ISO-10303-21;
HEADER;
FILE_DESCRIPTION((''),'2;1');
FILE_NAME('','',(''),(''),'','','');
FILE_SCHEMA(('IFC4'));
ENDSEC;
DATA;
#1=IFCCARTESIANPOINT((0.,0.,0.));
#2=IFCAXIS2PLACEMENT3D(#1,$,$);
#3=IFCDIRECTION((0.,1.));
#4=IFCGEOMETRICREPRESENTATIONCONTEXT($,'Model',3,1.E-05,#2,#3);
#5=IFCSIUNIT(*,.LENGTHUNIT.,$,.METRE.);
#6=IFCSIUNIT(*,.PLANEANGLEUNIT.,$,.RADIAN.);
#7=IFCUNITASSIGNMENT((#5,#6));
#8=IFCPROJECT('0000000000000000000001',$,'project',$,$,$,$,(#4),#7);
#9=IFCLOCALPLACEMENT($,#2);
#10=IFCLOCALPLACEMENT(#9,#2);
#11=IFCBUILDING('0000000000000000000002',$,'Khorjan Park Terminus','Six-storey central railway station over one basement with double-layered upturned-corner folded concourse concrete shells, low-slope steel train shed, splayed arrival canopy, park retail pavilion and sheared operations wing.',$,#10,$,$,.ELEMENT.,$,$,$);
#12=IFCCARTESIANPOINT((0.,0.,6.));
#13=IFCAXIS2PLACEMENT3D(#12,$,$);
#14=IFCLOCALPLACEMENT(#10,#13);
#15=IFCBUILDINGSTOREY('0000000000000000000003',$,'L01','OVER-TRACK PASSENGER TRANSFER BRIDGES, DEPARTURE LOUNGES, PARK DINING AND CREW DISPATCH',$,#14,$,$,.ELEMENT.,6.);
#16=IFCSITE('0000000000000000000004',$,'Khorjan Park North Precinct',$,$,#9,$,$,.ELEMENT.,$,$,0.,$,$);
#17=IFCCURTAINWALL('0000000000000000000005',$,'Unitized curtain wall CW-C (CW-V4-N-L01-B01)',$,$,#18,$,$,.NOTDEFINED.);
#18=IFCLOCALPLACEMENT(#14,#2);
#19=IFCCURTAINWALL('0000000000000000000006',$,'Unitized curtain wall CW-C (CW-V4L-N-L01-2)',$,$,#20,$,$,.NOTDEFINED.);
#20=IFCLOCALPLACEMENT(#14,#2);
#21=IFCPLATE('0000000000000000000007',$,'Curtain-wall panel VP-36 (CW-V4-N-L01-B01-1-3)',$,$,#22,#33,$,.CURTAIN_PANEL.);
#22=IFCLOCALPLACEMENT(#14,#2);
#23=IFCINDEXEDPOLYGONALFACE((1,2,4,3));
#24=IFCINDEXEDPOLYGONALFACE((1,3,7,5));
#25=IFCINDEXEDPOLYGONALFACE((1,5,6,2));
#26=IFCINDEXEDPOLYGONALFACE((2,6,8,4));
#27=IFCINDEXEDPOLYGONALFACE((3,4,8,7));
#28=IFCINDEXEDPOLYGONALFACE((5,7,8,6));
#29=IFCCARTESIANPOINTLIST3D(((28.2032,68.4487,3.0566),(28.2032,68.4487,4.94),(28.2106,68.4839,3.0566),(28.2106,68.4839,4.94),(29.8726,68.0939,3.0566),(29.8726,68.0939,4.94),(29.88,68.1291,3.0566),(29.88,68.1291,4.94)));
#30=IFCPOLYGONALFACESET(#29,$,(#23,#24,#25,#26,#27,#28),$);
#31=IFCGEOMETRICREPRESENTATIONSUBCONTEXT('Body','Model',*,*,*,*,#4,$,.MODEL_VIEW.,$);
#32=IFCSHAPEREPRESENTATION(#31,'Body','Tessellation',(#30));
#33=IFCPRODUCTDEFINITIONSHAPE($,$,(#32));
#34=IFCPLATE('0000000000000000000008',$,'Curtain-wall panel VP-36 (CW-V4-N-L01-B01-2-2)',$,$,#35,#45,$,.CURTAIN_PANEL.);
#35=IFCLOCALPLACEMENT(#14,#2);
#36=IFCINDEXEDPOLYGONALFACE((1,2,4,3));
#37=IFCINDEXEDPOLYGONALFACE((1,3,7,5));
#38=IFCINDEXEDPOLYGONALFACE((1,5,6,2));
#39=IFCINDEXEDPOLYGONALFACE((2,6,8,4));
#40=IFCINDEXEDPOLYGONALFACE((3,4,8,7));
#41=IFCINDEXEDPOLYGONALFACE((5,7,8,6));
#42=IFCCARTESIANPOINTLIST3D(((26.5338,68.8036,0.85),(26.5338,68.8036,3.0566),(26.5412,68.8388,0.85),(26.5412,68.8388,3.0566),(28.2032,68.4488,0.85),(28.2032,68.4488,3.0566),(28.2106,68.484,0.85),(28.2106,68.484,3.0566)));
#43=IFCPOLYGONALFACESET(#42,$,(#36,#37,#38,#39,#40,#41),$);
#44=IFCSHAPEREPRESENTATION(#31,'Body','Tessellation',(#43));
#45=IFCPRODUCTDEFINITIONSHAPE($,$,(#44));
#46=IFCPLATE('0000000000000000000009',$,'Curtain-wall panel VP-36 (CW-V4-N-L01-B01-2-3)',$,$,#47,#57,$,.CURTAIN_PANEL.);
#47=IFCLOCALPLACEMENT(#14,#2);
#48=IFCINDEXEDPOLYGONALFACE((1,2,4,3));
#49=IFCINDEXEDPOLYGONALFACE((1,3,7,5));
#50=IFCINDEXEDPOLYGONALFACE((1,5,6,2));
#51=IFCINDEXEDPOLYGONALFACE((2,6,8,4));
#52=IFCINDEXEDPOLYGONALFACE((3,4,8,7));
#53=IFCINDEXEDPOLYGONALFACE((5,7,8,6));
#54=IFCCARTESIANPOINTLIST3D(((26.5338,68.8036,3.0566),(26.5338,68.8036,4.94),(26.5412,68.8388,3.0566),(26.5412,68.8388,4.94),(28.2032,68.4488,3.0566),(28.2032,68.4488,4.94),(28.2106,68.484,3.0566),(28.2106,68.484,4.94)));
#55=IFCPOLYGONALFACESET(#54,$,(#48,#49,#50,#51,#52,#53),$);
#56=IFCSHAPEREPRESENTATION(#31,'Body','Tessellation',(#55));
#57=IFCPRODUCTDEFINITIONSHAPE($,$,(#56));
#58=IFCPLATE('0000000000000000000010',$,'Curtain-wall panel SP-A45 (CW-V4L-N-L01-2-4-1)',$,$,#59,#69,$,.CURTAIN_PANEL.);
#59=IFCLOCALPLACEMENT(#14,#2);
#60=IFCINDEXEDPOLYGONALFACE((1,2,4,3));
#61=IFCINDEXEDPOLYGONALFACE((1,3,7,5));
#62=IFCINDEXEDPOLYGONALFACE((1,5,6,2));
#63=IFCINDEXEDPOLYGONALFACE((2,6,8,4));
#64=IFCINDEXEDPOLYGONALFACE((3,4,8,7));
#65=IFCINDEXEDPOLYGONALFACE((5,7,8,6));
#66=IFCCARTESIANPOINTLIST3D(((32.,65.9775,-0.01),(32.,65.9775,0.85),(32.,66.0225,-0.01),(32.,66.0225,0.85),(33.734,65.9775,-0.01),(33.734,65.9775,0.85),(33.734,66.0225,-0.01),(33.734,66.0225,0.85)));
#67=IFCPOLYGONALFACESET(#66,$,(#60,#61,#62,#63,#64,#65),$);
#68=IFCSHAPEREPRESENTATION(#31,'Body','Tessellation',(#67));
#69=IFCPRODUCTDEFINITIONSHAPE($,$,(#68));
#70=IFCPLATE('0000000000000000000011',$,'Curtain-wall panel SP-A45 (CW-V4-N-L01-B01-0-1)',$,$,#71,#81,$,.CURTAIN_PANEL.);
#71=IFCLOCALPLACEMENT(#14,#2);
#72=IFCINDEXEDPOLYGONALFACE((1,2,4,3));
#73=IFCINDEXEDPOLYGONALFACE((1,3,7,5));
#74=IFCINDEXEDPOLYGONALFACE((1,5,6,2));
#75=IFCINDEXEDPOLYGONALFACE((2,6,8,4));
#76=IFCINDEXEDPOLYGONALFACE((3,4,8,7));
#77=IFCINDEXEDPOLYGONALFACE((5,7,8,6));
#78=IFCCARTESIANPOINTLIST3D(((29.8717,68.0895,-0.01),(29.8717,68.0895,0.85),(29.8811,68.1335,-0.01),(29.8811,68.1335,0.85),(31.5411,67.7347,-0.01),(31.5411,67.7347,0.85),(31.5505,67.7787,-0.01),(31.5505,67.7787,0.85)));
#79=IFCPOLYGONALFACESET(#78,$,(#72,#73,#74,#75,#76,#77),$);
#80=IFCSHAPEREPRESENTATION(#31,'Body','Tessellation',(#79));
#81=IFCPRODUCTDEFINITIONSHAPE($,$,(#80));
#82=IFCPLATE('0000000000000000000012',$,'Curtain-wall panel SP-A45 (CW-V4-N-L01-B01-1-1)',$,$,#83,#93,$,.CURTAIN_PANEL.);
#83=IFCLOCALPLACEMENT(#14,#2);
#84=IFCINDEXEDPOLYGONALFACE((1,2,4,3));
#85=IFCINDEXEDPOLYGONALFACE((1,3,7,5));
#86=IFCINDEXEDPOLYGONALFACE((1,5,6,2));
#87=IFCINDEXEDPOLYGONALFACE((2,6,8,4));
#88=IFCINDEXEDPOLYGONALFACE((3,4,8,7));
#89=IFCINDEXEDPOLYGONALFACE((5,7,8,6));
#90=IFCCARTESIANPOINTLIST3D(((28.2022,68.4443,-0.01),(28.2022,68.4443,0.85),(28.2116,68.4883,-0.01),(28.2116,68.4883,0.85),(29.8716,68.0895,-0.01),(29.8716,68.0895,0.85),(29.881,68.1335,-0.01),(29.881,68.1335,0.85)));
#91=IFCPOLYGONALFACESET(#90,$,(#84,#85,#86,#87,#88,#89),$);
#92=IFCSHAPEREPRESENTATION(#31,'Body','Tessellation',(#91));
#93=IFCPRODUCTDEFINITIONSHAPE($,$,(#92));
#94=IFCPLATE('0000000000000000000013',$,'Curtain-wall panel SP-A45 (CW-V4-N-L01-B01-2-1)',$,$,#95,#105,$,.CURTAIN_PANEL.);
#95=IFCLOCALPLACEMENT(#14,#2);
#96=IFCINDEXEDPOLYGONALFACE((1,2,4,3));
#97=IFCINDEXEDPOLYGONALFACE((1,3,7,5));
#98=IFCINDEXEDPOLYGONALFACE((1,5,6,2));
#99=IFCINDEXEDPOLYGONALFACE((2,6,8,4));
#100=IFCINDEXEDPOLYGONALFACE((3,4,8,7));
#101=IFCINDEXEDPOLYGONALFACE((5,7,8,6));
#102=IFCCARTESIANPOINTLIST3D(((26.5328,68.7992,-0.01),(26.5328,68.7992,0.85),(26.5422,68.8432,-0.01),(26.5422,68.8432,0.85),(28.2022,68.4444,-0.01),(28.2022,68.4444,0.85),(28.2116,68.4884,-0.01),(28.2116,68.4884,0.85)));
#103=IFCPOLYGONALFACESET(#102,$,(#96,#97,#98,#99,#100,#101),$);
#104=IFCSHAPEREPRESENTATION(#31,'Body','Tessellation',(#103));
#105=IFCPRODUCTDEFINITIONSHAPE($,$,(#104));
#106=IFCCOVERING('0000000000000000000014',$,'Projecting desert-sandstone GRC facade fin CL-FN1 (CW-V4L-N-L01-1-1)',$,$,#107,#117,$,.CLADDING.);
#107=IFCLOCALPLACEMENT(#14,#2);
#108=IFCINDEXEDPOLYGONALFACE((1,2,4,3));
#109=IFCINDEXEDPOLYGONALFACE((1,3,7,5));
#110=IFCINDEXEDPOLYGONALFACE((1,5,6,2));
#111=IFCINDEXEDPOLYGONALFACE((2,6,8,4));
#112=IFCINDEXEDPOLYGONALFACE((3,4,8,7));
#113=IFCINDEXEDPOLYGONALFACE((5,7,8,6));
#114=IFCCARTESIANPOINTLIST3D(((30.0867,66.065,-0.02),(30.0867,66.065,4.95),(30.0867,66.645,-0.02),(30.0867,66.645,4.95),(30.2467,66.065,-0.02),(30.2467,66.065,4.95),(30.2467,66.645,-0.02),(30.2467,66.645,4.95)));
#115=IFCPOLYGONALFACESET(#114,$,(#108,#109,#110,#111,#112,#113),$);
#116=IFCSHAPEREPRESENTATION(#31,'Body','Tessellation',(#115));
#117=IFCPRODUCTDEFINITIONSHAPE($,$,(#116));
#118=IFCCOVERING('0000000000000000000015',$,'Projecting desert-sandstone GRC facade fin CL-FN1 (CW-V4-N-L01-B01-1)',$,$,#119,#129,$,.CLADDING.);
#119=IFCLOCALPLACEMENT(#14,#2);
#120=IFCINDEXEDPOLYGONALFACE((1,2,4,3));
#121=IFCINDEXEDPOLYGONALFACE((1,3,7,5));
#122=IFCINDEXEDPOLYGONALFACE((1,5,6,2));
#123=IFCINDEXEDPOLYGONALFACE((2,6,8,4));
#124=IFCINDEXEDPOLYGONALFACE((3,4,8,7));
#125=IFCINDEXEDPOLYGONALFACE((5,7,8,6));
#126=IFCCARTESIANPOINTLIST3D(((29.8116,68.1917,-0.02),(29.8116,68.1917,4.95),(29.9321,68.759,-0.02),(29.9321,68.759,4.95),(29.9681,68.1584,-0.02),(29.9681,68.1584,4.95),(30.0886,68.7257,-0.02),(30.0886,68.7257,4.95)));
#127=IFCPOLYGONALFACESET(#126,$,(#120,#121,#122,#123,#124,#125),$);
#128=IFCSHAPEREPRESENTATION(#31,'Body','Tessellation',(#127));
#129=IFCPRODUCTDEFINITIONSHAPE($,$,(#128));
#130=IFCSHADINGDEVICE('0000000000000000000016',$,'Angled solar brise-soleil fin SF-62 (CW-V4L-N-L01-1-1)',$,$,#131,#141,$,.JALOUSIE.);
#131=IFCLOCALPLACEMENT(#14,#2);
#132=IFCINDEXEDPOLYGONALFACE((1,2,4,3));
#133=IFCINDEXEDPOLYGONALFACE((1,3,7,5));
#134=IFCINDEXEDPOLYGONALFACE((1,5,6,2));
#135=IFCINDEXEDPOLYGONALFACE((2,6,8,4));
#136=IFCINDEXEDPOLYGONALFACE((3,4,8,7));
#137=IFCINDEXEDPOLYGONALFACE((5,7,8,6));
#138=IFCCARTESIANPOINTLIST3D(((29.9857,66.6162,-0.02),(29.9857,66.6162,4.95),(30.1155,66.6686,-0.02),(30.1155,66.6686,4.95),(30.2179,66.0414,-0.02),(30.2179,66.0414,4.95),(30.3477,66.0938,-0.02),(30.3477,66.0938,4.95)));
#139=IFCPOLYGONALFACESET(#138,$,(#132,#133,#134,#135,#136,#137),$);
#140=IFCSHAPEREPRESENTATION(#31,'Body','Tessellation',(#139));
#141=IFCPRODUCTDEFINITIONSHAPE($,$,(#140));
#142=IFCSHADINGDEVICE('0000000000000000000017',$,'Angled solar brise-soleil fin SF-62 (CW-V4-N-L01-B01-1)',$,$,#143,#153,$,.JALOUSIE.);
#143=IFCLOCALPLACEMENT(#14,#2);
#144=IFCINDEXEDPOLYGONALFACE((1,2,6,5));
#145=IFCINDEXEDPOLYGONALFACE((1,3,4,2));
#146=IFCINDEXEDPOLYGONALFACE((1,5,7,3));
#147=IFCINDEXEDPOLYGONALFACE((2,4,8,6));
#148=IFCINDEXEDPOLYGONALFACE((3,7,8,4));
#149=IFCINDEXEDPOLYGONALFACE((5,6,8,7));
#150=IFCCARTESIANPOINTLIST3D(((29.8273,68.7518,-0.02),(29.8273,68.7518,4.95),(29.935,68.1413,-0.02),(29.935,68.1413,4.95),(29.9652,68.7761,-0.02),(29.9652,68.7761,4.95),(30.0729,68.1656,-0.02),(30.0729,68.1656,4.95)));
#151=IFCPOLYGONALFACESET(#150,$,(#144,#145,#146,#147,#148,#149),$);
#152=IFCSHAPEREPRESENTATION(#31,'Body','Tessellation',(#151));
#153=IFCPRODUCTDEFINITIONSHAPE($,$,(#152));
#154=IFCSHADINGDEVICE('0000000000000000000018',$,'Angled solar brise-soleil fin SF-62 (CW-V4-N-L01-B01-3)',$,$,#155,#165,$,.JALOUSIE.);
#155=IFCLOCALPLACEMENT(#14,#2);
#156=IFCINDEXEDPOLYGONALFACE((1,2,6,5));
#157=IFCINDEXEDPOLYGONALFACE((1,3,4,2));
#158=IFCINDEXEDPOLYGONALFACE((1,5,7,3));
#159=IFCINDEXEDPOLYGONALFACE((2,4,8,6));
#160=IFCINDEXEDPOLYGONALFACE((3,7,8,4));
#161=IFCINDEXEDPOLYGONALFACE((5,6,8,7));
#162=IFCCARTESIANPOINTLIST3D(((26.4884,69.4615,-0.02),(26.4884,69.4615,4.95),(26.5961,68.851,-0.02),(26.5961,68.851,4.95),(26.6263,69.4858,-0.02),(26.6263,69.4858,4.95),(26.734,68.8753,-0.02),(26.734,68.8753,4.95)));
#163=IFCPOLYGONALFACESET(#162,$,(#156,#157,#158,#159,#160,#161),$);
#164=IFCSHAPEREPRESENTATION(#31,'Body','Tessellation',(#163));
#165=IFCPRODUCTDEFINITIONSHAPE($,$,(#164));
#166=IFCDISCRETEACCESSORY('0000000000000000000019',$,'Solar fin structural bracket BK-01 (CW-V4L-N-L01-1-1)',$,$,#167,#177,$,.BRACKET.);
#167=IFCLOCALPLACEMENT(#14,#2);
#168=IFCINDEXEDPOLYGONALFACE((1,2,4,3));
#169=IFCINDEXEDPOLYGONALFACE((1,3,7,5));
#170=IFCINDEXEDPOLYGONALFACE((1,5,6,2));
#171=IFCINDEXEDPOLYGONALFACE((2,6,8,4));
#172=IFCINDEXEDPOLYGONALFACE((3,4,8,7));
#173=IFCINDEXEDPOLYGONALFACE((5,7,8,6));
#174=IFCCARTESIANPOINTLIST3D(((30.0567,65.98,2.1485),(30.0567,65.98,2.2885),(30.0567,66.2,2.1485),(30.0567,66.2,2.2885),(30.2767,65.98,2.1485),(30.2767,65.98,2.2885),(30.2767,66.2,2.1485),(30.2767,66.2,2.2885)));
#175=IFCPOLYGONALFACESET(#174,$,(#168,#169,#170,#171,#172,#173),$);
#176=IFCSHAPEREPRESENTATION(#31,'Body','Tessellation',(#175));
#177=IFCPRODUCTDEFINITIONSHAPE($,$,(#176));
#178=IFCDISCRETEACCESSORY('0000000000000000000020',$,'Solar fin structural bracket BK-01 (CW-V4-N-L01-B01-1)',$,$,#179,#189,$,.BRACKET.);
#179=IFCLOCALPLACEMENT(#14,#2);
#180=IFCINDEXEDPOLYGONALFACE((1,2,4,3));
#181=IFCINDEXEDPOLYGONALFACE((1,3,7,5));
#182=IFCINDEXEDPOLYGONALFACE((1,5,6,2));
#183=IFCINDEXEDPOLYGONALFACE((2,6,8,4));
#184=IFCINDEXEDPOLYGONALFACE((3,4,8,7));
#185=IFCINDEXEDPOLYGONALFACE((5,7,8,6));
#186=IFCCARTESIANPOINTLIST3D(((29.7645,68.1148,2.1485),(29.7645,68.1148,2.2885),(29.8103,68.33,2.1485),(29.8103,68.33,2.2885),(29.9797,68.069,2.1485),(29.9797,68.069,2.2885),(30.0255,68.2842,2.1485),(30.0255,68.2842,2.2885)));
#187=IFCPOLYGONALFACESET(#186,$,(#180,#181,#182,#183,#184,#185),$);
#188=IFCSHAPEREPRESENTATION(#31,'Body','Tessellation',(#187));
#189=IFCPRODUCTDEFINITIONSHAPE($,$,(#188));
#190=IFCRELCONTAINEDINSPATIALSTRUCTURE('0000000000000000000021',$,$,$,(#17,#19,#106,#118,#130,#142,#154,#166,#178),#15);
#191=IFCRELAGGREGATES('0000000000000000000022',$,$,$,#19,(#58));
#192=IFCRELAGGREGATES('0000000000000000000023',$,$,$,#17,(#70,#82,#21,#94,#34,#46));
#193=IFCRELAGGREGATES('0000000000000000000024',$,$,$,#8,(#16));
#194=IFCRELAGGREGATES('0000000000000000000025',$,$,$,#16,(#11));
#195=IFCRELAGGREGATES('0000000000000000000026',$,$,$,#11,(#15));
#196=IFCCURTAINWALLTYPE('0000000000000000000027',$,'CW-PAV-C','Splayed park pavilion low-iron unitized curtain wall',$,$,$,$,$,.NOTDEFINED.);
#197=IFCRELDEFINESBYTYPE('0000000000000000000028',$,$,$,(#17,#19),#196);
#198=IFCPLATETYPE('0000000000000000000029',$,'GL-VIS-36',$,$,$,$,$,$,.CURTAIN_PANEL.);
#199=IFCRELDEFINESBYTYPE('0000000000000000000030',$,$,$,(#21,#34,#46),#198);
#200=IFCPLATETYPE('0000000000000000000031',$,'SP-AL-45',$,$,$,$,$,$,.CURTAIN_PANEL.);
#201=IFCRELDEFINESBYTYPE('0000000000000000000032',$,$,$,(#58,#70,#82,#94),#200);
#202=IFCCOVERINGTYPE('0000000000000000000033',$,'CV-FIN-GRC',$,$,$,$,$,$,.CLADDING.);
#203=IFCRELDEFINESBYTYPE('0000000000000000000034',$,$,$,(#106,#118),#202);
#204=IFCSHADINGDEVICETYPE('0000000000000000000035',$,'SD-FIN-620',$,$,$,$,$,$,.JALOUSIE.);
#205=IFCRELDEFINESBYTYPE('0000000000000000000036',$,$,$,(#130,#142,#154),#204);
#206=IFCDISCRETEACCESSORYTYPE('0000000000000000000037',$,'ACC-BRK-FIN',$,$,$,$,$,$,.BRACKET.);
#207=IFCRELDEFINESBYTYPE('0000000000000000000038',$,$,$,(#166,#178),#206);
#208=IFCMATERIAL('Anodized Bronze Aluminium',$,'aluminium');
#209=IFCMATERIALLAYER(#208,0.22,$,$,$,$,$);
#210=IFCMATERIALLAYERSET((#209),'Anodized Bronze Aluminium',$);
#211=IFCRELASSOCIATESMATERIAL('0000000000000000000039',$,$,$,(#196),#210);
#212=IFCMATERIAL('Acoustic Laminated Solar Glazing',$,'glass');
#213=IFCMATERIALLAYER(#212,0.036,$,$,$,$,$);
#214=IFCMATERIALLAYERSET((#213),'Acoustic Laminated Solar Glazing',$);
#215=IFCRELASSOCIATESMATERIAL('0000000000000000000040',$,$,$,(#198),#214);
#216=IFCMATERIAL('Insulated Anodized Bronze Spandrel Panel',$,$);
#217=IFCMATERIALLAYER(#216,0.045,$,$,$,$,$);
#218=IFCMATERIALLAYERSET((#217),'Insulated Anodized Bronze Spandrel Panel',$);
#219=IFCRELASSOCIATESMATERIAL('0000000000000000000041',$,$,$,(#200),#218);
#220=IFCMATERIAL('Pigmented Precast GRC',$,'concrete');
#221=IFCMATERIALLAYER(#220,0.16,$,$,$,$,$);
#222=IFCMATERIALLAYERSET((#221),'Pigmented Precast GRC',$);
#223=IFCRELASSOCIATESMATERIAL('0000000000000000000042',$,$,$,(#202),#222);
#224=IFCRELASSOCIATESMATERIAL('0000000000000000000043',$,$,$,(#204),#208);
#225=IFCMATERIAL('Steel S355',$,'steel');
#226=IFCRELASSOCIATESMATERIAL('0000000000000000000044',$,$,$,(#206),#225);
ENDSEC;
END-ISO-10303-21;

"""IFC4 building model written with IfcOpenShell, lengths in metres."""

from ifc_helpers import new_model, si_unit, direction, frame, origin, origin_2d, place, context, subcontext, project, spatial, rectangle, extrude, material, layer, layer_set, type_object, element, aggregate, save


model = new_model("IFC4")

# Units and contexts
model_context = context("Model", 3, precision=1e-05, world=origin(), true_north=direction((0.0, 1.0)))
body_context = subcontext(model_context, "Body", "Model", "MODEL_VIEW")
ifc_project = project(units=[si_unit("LENGTHUNIT", "METRE"), si_unit("PLANEANGLEUNIT", "RADIAN")], contexts=[model_context])

# Site, building, storey
site_placement = place(None, origin())
site = spatial("IfcSite", under=ifc_project, at=site_placement, Name="Khorjan Park North Precinct", CompositionType="ELEMENT", RefElevation=0.0)
building_placement = place(site_placement, origin())
building = spatial("IfcBuilding", under=site, at=building_placement, Name="Khorjan Park Terminus", Description="Six-storey central railway station over one basement with double-layered upturned-corner folded concourse concrete shells, low-slope steel train shed, splayed arrival canopy, park retail pavilion and sheared operations wing.", CompositionType="ELEMENT")
storey_placement = place(building_placement, frame((0.0, 0.0, 6.0)))
storey = spatial("IfcBuildingStorey", under=building, at=storey_placement, Name="L01", Description="OVER-TRACK PASSENGER TRANSFER BRIDGES, DEPARTURE LOUNGES, PARK DINING AND CREW DISPATCH", CompositionType="ELEMENT", Elevation=6.0)

# Shared definitions
ifc_material_1 = material(Name="Steel S355", Category="steel")

# Curtain wall
ifc_material_2 = material(Name="Anodized Bronze Aluminium", Category="aluminium")
ifc_layer_1 = layer(ifc_material_2, 0.22)
ifc_layer_set_1 = layer_set([ifc_layer_1], Name="Anodized Bronze Aluminium")
curtain_wall_type = type_object("IfcCurtainWallType", Name="CW-PAV-C", Description="Splayed park pavilion low-iron unitized curtain wall", PredefinedType="NOTDEFINED", material=ifc_layer_set_1)
curtain_wall_1_placement = place(storey_placement, origin())
curtain_wall_1 = element("IfcCurtainWall", 1, at=curtain_wall_1_placement, inside=storey, type_object=curtain_wall_type, Name="Unitized curtain wall CW-C (CW-V4-N-L01-B01)", PredefinedType="NOTDEFINED")

# Curtain wall
curtain_wall_2_placement = place(storey_placement, origin())
curtain_wall_2 = element("IfcCurtainWall", 2, at=curtain_wall_2_placement, inside=storey, type_object=curtain_wall_type, Name="Unitized curtain wall CW-C (CW-V4L-N-L01-2)", PredefinedType="NOTDEFINED")
ifc_material_3 = material(Name="Acoustic Laminated Solar Glazing", Category="glass")
ifc_layer_2 = layer(ifc_material_3, 0.036)
ifc_layer_set_2 = layer_set([ifc_layer_2], Name="Acoustic Laminated Solar Glazing")
plate_type_1 = type_object("IfcPlateType", Name="GL-VIS-36", PredefinedType="CURTAIN_PANEL", material=ifc_layer_set_2)

# Plates
plate_1_placement = place(storey_placement, frame((29.0416, 68.2889, 3.0566), z_axis=(0.0, 0.0, 1.0), x_axis=(-0.97815, 0.207901, 0.0)))
plate_1 = element("IfcPlate", 3, at=plate_1_placement, type_object=plate_type_1, Name="Curtain-wall panel VP-36 (CW-V4-N-L01-B01-1-3)", PredefinedType="CURTAIN_PANEL", context=body_context, shape_type="SweptSolid", body=[
    extrude(rectangle(XDim=1.7067, YDim=0.036, at=origin_2d()), origin(), (0.0, 0.0, 1.0), 1.8834),
])
plate_2_placement = place(storey_placement, frame((27.3722, 68.6438, 0.85), z_axis=(0.0, 0.0, 1.0), x_axis=(-0.97815, 0.207901, 0.0)))
plate_2 = element("IfcPlate", 4, at=plate_2_placement, type_object=plate_type_1, Name="Curtain-wall panel VP-36 (CW-V4-N-L01-B01-2-2)", PredefinedType="CURTAIN_PANEL", context=body_context, shape_type="SweptSolid", body=[
    extrude(rectangle(XDim=1.7067, YDim=0.036, at=origin_2d()), origin(), (0.0, 0.0, 1.0), 2.2066),
])
plate_3_placement = place(storey_placement, frame((27.3722, 68.6438, 3.0566), z_axis=(0.0, 0.0, 1.0), x_axis=(-0.97815, 0.207901, 0.0)))
plate_3 = element("IfcPlate", 5, at=plate_3_placement, type_object=plate_type_1, Name="Curtain-wall panel VP-36 (CW-V4-N-L01-B01-2-3)", PredefinedType="CURTAIN_PANEL", context=body_context, shape_type="SweptSolid", body=[
    extrude(rectangle(XDim=1.7067, YDim=0.036, at=origin_2d()), origin(), (0.0, 0.0, 1.0), 1.8834),
])
ifc_material_4 = material(Name="Insulated Anodized Bronze Spandrel Panel")
ifc_layer_3 = layer(ifc_material_4, 0.045)
ifc_layer_set_3 = layer_set([ifc_layer_3], Name="Insulated Anodized Bronze Spandrel Panel")
plate_type_2 = type_object("IfcPlateType", Name="SP-AL-45", PredefinedType="CURTAIN_PANEL", material=ifc_layer_set_3)
plate_4_placement = place(storey_placement, frame((32.867, 66.0, -0.01), z_axis=(0.0, 0.0, 1.0), x_axis=(-1.0, 0.0, 0.0)))
plate_4 = element("IfcPlate", 6, at=plate_4_placement, type_object=plate_type_2, Name="Curtain-wall panel SP-A45 (CW-V4L-N-L01-2-4-1)", PredefinedType="CURTAIN_PANEL", context=body_context, shape_type="SweptSolid", body=[
    extrude(rectangle(XDim=1.734, YDim=0.045, at=origin_2d()), origin(), (0.0, 0.0, 1.0), 0.86),
])
aggregate(curtain_wall_2, [plate_4])
plate_5_placement = place(storey_placement, frame((30.7111, 67.9341, -0.01), z_axis=(0.0, 0.0, 1.0), x_axis=(-0.97815, 0.207901, 0.0)))
plate_5 = element("IfcPlate", 7, at=plate_5_placement, type_object=plate_type_2, Name="Curtain-wall panel SP-A45 (CW-V4-N-L01-B01-0-1)", PredefinedType="CURTAIN_PANEL", context=body_context, shape_type="SweptSolid", body=[
    extrude(rectangle(XDim=1.7067, YDim=0.045, at=origin_2d()), origin(), (0.0, 0.0, 1.0), 0.86),
])
plate_6_placement = place(storey_placement, frame((29.0416, 68.2889, -0.01), z_axis=(0.0, 0.0, 1.0), x_axis=(-0.97815, 0.207901, 0.0)))
plate_6 = element("IfcPlate", 8, at=plate_6_placement, type_object=plate_type_2, Name="Curtain-wall panel SP-A45 (CW-V4-N-L01-B01-1-1)", PredefinedType="CURTAIN_PANEL", context=body_context, shape_type="SweptSolid", body=[
    extrude(rectangle(XDim=1.7067, YDim=0.045, at=origin_2d()), origin(), (0.0, 0.0, 1.0), 0.86),
])
plate_7_placement = place(storey_placement, frame((27.3722, 68.6438, -0.01), z_axis=(0.0, 0.0, 1.0), x_axis=(-0.97815, 0.207901, 0.0)))
plate_7 = element("IfcPlate", 9, at=plate_7_placement, type_object=plate_type_2, Name="Curtain-wall panel SP-A45 (CW-V4-N-L01-B01-2-1)", PredefinedType="CURTAIN_PANEL", context=body_context, shape_type="SweptSolid", body=[
    extrude(rectangle(XDim=1.7067, YDim=0.045, at=origin_2d()), origin(), (0.0, 0.0, 1.0), 0.86),
])
aggregate(curtain_wall_1, [plate_5, plate_6, plate_1, plate_7, plate_2, plate_3])

# Coverings
ifc_material_5 = material(Name="Pigmented Precast GRC", Category="concrete")
ifc_layer_4 = layer(ifc_material_5, 0.16)
ifc_layer_set_4 = layer_set([ifc_layer_4], Name="Pigmented Precast GRC")
covering_type = type_object("IfcCoveringType", Name="CV-FIN-GRC", PredefinedType="CLADDING", material=ifc_layer_set_4)
for number, where, z_axis, x_axis, name in (
    (10, (30.1667, 66.355, -0.02), (0.0, 0.0, 1.0), (0.0, -1.0, 0.0), "Projecting desert-sandstone GRC facade fin CL-FN1 (CW-V4L-N-L01-1-1)"),
    (11, (29.9501, 68.4587, -0.02), (0.0, 0.0, 1.0), (-0.207912, -0.978148, 0.0), "Projecting desert-sandstone GRC facade fin CL-FN1 (CW-V4-N-L01-B01-1)"),
):
    element("IfcCovering", number, at=place(storey_placement, frame(where, z_axis=z_axis, x_axis=x_axis)), inside=storey, type_object=covering_type, Name=name, PredefinedType="CLADDING", context=body_context, shape_type="SweptSolid", body=[
        extrude(rectangle(XDim=0.58, YDim=0.16, at=origin_2d()), origin(), (0.0, 0.0, 1.0), 4.97),
    ])

# Shading devices
shading_device_type = type_object("IfcShadingDeviceType", Name="SD-FIN-620", PredefinedType="JALOUSIE", material=ifc_material_2)
for number, where, z_axis, x_axis, name in (
    (12, (30.1667, 66.355, -0.02), (0.0, 0.0, 1.0), (0.374607, -0.927184, 0.0), "Angled solar brise-soleil fin SF-62 (CW-V4L-N-L01-1-1)"),
    (13, (29.9501, 68.4587, -0.02), (0.0, 0.0, 1.0), (0.173648, -0.984808, 0.0), "Angled solar brise-soleil fin SF-62 (CW-V4-N-L01-B01-1)"),
    (14, (26.6112, 69.1684, -0.02), (0.0, 0.0, 1.0), (0.173648, -0.984808, 0.0), "Angled solar brise-soleil fin SF-62 (CW-V4-N-L01-B01-3)"),
):
    element("IfcShadingDevice", number, at=place(storey_placement, frame(where, z_axis=z_axis, x_axis=x_axis)), inside=storey, type_object=shading_device_type, Name=name, PredefinedType="JALOUSIE", context=body_context, shape_type="SweptSolid", body=[
        extrude(rectangle(XDim=0.62, YDim=0.14, at=origin_2d()), origin(), (0.0, 0.0, 1.0), 4.97),
    ])

# Discrete accessories
discrete_accessory_type = type_object("IfcDiscreteAccessoryType", Name="ACC-BRK-FIN", PredefinedType="BRACKET", material=ifc_material_1)
for number, where, z_axis, x_axis, name in (
    (15, (30.1667, 66.09, 2.1485), (0.0, 0.0, 1.0), (-1.0, 0.0, 0.0), "Solar fin structural bracket BK-01 (CW-V4L-N-L01-1-1)"),
    (16, (29.895, 68.1995, 2.1485), (0.0, 0.0, 1.0), (-0.97815, 0.207901, 0.0), "Solar fin structural bracket BK-01 (CW-V4-N-L01-B01-1)"),
):
    element("IfcDiscreteAccessory", number, at=place(storey_placement, frame(where, z_axis=z_axis, x_axis=x_axis)), inside=storey, type_object=discrete_accessory_type, Name=name, PredefinedType="BRACKET", context=body_context, shape_type="SweptSolid", body=[
        extrude(rectangle(XDim=0.22, YDim=0.22, at=origin_2d()), origin(), (0.0, 0.0, 1.0), 0.14),
    ])

save(model, "model.ifc")
